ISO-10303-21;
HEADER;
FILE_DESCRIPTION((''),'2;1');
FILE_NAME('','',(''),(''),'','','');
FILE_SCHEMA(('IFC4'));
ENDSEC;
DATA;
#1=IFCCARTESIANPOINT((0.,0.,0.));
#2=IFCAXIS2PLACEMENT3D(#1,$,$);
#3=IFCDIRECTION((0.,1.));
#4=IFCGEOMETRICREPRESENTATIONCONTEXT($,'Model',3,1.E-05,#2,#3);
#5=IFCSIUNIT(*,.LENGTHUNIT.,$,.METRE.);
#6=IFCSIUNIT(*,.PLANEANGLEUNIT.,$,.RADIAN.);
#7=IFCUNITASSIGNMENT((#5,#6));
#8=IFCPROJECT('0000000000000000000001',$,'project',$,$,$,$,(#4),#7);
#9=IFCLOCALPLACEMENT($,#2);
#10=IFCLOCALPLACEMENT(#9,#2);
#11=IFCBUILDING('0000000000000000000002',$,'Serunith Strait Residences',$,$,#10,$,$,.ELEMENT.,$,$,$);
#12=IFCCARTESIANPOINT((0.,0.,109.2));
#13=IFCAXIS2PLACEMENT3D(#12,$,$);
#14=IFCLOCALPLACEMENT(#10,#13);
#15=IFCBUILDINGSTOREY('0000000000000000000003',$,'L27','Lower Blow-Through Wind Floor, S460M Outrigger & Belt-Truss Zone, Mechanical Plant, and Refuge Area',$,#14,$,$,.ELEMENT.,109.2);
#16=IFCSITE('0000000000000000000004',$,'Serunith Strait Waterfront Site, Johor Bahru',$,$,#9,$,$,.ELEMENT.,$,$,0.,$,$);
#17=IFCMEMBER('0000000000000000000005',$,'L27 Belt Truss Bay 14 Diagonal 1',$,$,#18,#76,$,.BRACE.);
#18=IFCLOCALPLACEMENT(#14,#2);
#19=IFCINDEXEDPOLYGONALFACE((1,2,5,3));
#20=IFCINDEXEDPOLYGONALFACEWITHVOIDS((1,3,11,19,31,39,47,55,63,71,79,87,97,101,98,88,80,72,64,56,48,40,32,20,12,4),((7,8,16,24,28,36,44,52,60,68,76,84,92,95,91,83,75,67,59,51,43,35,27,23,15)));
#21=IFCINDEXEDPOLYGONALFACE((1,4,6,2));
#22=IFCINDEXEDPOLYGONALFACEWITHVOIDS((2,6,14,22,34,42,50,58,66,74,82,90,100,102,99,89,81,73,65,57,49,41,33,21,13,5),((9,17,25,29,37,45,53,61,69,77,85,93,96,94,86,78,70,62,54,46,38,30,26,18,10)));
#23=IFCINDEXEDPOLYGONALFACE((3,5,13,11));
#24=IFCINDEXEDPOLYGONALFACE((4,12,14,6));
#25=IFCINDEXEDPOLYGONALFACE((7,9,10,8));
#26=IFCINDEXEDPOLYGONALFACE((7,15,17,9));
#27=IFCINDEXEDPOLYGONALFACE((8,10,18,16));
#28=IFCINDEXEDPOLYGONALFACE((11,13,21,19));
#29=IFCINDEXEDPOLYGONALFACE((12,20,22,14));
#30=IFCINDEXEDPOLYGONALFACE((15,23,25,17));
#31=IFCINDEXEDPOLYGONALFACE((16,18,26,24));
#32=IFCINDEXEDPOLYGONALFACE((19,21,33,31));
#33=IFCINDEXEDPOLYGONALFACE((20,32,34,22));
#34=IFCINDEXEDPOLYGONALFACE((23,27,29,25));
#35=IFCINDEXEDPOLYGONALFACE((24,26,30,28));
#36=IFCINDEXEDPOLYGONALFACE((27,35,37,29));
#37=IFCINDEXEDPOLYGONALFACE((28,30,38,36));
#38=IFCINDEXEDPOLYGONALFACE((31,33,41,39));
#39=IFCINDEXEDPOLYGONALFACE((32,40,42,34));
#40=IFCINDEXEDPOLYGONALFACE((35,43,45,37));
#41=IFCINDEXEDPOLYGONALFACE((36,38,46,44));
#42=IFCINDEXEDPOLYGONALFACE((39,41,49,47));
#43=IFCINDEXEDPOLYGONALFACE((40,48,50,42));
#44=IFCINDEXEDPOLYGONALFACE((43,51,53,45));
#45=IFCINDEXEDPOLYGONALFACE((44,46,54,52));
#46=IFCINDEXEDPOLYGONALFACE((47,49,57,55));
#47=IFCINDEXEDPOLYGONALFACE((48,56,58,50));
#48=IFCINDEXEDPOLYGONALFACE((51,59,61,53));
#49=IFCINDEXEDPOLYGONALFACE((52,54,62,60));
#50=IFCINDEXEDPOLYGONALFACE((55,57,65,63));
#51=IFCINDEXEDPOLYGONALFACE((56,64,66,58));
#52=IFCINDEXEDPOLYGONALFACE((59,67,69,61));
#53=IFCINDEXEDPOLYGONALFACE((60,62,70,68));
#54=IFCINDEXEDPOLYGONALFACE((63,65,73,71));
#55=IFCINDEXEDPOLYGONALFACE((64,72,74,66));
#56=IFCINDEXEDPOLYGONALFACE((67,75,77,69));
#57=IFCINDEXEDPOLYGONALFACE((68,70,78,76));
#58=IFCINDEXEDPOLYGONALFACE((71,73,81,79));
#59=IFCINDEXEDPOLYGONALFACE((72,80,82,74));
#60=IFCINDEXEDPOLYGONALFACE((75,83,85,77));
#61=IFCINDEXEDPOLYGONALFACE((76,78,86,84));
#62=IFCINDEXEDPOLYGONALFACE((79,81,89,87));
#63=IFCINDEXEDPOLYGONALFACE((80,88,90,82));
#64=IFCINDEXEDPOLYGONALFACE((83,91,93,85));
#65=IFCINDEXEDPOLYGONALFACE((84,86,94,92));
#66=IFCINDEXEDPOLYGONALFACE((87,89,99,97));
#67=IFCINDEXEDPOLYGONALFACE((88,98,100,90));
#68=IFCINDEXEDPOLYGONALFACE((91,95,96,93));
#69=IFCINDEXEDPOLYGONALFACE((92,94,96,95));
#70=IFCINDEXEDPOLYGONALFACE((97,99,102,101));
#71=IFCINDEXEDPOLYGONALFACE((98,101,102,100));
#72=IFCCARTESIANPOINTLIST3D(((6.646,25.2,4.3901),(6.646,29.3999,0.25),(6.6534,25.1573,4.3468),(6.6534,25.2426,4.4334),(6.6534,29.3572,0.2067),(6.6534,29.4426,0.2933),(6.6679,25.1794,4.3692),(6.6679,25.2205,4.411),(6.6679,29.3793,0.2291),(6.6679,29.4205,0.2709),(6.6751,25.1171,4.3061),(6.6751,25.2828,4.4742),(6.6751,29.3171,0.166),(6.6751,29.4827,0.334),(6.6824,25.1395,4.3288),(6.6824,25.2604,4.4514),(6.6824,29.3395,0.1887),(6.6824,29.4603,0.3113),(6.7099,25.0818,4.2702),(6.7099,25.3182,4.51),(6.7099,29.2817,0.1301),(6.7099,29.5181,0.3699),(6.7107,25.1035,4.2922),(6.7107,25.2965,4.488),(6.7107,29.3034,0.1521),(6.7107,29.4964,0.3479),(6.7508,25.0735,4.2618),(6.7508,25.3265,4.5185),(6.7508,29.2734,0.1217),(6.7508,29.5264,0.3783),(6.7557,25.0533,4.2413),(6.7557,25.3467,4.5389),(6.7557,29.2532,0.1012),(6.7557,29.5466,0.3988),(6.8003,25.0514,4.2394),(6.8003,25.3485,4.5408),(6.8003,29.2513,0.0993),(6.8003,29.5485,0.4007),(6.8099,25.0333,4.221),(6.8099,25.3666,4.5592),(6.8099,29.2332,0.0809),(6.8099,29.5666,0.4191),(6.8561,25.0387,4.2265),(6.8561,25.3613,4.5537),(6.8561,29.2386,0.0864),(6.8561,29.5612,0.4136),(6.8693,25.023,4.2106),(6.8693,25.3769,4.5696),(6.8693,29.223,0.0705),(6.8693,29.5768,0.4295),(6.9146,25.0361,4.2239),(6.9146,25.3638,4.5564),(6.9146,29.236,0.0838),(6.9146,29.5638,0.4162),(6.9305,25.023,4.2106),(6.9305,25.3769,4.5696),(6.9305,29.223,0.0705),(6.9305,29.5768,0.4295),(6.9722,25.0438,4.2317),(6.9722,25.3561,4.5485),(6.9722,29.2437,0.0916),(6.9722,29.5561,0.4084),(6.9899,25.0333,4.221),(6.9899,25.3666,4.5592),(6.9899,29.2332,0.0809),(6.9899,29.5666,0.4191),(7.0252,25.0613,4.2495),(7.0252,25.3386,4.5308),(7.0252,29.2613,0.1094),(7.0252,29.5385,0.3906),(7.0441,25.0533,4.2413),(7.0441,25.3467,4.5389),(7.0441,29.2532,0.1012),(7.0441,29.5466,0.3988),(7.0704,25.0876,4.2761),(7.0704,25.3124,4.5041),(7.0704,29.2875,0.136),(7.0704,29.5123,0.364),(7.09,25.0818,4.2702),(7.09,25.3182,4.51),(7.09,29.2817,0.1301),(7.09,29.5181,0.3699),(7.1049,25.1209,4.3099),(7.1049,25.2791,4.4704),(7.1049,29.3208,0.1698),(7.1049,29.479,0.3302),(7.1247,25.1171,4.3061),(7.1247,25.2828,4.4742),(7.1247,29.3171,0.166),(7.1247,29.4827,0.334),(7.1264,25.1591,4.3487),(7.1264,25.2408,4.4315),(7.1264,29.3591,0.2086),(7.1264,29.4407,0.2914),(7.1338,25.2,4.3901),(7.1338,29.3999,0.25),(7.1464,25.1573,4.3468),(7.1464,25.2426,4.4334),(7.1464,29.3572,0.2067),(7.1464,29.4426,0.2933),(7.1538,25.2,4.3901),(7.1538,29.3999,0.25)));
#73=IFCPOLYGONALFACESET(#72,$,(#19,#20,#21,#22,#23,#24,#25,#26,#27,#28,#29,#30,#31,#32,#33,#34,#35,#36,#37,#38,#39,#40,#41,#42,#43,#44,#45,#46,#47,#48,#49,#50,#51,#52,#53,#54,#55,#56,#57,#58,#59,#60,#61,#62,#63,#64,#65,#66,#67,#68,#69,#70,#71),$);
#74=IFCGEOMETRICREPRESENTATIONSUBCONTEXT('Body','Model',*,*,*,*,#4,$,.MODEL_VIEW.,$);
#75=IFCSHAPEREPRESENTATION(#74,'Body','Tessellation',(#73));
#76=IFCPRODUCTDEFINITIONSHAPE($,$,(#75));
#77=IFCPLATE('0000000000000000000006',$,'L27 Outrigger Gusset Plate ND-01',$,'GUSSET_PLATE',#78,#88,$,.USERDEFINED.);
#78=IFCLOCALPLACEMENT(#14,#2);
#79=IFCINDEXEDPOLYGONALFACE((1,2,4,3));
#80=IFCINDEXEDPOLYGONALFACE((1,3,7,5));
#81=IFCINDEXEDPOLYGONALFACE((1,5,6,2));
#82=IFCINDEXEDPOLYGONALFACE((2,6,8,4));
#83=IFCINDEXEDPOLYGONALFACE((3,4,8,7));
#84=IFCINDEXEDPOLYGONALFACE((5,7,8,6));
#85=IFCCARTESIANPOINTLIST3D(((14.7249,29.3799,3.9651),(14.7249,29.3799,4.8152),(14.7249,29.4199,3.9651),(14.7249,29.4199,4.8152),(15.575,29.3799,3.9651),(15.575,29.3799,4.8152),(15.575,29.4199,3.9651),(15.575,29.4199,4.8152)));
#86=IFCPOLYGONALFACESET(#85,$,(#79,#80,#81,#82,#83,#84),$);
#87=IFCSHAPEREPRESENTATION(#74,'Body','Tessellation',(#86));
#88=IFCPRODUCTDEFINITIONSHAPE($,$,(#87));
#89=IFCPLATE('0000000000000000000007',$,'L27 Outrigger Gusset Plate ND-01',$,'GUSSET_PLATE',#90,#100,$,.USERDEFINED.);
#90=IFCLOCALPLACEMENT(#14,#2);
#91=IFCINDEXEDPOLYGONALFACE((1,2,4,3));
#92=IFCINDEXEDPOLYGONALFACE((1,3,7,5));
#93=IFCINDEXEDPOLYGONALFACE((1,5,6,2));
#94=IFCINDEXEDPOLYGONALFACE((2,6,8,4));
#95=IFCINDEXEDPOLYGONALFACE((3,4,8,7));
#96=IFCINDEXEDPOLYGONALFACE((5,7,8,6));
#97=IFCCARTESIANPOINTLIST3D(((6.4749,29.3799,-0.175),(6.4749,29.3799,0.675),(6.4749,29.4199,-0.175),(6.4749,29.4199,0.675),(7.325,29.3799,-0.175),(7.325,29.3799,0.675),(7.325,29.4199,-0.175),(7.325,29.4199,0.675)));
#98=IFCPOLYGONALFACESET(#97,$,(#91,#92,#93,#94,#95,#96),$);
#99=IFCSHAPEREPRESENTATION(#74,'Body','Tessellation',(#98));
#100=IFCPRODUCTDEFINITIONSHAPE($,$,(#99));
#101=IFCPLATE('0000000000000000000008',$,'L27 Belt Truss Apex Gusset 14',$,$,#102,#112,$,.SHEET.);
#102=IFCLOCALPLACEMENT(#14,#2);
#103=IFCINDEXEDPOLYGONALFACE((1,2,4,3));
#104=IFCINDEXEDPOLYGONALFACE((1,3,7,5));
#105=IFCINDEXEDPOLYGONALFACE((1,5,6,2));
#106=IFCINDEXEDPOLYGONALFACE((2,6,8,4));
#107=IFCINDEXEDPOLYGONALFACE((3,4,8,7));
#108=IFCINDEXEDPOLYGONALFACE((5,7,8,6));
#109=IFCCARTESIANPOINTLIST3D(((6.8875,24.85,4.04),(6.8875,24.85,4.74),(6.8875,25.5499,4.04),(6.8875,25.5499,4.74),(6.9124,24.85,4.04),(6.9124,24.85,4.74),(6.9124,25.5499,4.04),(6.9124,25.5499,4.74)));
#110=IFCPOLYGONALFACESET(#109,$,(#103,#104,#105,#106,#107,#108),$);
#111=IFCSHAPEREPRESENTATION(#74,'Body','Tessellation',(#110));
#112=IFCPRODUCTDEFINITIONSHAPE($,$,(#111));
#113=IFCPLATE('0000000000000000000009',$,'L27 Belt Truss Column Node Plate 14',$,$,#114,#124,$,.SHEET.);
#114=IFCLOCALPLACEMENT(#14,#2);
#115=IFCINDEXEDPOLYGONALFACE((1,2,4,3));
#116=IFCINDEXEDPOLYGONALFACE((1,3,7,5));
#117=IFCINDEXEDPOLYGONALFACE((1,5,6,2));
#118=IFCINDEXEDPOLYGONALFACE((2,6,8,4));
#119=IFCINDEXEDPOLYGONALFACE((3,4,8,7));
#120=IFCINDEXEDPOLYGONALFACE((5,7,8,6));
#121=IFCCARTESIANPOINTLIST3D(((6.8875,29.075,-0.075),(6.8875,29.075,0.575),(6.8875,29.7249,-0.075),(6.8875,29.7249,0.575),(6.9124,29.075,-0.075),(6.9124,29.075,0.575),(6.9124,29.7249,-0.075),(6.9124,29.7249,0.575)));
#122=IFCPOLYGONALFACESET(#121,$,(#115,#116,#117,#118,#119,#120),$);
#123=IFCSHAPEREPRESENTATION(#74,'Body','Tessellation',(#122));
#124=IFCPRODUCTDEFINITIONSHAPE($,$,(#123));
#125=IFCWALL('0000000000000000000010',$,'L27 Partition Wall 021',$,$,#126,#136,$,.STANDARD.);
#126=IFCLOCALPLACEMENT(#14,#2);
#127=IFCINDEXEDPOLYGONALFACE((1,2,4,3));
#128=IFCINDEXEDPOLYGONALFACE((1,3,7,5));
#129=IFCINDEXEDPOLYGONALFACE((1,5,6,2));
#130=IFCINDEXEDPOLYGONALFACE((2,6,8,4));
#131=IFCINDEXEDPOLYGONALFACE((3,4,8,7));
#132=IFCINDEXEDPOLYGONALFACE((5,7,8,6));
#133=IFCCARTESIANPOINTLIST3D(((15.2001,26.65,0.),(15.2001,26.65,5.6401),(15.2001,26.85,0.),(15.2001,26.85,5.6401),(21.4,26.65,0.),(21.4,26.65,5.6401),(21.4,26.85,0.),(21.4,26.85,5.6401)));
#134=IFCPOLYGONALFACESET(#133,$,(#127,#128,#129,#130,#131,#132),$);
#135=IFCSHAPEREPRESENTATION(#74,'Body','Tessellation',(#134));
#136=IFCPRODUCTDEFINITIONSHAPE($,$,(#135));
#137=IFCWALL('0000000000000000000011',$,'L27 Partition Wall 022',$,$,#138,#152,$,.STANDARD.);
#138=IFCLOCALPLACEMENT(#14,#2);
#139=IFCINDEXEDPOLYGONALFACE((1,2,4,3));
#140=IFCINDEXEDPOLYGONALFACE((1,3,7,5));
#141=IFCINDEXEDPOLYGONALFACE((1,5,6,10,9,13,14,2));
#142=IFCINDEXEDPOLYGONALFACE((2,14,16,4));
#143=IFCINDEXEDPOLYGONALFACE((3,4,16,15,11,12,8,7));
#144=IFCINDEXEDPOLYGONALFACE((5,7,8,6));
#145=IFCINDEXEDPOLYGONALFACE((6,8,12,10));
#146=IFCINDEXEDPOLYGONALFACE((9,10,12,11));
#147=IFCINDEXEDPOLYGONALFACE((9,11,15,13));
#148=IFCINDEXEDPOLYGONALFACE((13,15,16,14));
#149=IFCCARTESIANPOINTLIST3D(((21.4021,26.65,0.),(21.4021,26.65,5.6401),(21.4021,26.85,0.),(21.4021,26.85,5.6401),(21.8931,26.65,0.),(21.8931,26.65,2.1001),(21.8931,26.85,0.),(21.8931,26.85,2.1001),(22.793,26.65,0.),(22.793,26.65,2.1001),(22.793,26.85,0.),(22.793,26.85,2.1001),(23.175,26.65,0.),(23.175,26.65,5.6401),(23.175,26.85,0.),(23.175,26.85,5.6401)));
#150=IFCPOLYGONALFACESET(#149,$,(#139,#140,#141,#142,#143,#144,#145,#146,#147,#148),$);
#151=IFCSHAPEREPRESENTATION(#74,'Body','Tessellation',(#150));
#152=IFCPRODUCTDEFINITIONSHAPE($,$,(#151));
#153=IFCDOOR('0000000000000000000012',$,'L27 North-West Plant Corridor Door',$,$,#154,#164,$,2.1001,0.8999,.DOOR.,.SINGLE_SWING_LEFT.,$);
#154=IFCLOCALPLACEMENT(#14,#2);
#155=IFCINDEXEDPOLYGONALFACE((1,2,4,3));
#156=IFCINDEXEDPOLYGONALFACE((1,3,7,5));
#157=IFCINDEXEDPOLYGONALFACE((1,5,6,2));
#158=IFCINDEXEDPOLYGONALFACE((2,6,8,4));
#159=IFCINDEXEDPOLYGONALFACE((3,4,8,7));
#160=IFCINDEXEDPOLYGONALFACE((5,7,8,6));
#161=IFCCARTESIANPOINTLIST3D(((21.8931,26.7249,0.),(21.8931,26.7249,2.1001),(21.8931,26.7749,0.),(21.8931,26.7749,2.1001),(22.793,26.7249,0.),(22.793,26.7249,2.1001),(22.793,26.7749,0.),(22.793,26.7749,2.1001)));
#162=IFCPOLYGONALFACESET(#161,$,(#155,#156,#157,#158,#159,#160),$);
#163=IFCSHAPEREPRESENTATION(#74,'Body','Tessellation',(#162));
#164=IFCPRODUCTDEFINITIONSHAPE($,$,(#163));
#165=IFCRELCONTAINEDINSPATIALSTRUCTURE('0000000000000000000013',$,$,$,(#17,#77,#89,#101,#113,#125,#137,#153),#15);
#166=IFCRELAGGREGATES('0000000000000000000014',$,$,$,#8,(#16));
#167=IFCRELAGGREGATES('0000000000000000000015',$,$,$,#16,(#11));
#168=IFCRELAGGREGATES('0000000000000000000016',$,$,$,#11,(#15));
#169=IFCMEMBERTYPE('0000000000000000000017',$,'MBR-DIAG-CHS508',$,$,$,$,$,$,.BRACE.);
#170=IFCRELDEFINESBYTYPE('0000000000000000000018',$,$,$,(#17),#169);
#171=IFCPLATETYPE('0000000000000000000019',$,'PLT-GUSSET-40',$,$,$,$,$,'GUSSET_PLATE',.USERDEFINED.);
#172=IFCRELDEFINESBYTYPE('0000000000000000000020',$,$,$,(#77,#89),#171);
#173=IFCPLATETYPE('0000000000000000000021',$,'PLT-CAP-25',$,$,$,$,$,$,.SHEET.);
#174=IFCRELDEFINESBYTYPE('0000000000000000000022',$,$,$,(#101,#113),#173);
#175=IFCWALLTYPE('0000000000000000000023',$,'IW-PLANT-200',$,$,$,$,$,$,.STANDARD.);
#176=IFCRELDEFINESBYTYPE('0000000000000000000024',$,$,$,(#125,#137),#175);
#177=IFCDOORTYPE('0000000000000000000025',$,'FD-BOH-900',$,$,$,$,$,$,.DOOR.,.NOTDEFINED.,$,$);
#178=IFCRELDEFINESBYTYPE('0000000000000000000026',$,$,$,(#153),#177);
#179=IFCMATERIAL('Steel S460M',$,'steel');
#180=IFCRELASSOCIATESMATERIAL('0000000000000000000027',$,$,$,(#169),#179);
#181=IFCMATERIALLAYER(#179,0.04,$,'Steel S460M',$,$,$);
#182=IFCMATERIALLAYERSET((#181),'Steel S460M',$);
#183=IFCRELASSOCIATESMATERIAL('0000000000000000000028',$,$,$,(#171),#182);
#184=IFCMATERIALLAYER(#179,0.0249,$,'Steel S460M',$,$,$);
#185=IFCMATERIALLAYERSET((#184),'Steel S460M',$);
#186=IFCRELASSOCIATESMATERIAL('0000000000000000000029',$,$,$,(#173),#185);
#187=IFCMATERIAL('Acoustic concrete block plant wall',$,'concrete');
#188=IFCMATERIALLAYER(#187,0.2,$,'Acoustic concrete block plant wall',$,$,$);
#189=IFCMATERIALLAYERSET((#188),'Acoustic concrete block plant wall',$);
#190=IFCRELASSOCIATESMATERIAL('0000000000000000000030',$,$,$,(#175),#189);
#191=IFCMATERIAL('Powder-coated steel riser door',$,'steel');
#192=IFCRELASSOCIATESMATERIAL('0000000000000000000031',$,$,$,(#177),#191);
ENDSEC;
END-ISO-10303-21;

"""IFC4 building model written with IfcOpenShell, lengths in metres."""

from ifc_helpers import new_model, si_unit, direction, frame, frame_2d, origin, origin_2d, place, context, subcontext, project, spatial, rectangle, hollow_circle, extrude, source, transform, mapped, material, layer, layer_set, material_profile, profile_set, type_object, element, fill, save


model = new_model("IFC4")

# Units and contexts
model_context = context("Model", 3, precision=1e-05, world=origin(), true_north=direction((0.0, 1.0)))
body_context = subcontext(model_context, "Body", "Model", "MODEL_VIEW")
ifc_project = project(units=[si_unit("LENGTHUNIT", "METRE"), si_unit("PLANEANGLEUNIT", "RADIAN")], contexts=[model_context])

# Site, building, storey
site_placement = place(None, origin())
site = spatial("IfcSite", under=ifc_project, at=site_placement, Name="Serunith Strait Waterfront Site, Johor Bahru", CompositionType="ELEMENT", RefElevation=0.0)
building_placement = place(site_placement, origin())
building = spatial("IfcBuilding", under=site, at=building_placement, Name="Serunith Strait Residences", CompositionType="ELEMENT")
storey_placement = place(building_placement, frame((0.0, 0.0, 109.2)))
storey = spatial("IfcBuildingStorey", under=building, at=storey_placement, Name="L27", Description="Lower Blow-Through Wind Floor, S460M Outrigger & Belt-Truss Zone, Mechanical Plant, and Refuge Area", CompositionType="ELEMENT", Elevation=109.2)

# Member
ifc_material_1 = material(Name="Steel S460M", Category="steel")
ifc_material_profile_1 = material_profile(ifc_material_1, hollow_circle(Radius=0.2539, WallThickness=0.02, at=origin_2d()), Name="CHS 508x20")
ifc_profile_set_1 = profile_set([ifc_material_profile_1], Name="Steel S460M")
member_type_1 = type_object("IfcMemberType", Name="MBR-DIAG-CHS508", PredefinedType="BRACE", material=ifc_profile_set_1)
shared_shape_1 = source(origin(), body_context, "Body", "SweptSolid", [
    extrude(hollow_circle(Radius=0.2539, WallThickness=0.02, at=origin_2d()), origin(), (0.0, 0.0, 1.0), 5.8975),
])
member_1_placement = place(storey_placement, frame((6.8999, 29.3999, 0.25), z_axis=(0.0, -0.71216, 0.702017), x_axis=(1.0, 0.0, 0.0)))
element("IfcMember", 1, at=member_1_placement, inside=storey, type_object=member_type_1, Name="L27 Belt Truss Bay 14 Diagonal 1", PredefinedType="BRACE", context=body_context, shape_type="MappedRepresentation", body=[
    mapped(shared_shape_1, transform((0.0, 0.0, 0.0), scale=1.0)),
])

# Plates
ifc_layer_1 = layer(ifc_material_1, 0.04, Name="Steel S460M")
ifc_layer_set_1 = layer_set([ifc_layer_1], Name="Steel S460M")
plate_type_1 = type_object("IfcPlateType", Name="PLT-GUSSET-40", ElementType="GUSSET_PLATE", PredefinedType="USERDEFINED", material=ifc_layer_set_1)
shared_shape_2 = source(origin(), body_context, "Body", "SweptSolid", [
    extrude(rectangle(XDim=0.8501, YDim=0.04, at=origin_2d()), origin(), (0.0, 0.0, 1.0), 0.8501),
])
for number, where, z_axis, x_axis, name in (
    (2, (15.1499, 29.3999, 3.9651), (0.0, 0.0, 1.0), (-1.0, 0.0, 0.0), "L27 Outrigger Gusset Plate ND-01"),
    (3, (6.8999, 29.3999, -0.175), (0.0, 0.0, 1.0), (-1.0, 0.0, 0.0), "L27 Outrigger Gusset Plate ND-01"),
):
    element("IfcPlate", number, at=place(storey_placement, frame(where, z_axis=z_axis, x_axis=x_axis)), inside=storey, type_object=plate_type_1, Name=name, ObjectType="GUSSET_PLATE", PredefinedType="USERDEFINED", context=body_context, shape_type="MappedRepresentation", body=[
        mapped(shared_shape_2, transform((0.0, 0.0, 0.0), scale=1.0)),
    ])
ifc_layer_2 = layer(ifc_material_1, 0.0249, Name="Steel S460M")
ifc_layer_set_2 = layer_set([ifc_layer_2], Name="Steel S460M")
plate_type_2 = type_object("IfcPlateType", Name="PLT-CAP-25", PredefinedType="SHEET", material=ifc_layer_set_2)
shared_shape_3 = source(origin(), body_context, "Body", "SweptSolid", [
    extrude(rectangle(XDim=0.7, YDim=0.0249, at=origin_2d()), origin(), (0.0, 0.0, 1.0), 0.7),
])
plate_1_placement = place(storey_placement, frame((6.8999, 25.2, 4.04), z_axis=(0.0, 0.0, 1.0), x_axis=(0.0, -1.0, 0.0)))
element("IfcPlate", 4, at=plate_1_placement, inside=storey, type_object=plate_type_2, Name="L27 Belt Truss Apex Gusset 14", PredefinedType="SHEET", context=body_context, shape_type="MappedRepresentation", body=[
    mapped(shared_shape_3, transform((0.0, 0.0, 0.0), scale=1.0)),
])
shared_shape_4 = source(origin(), body_context, "Body", "SweptSolid", [
    extrude(rectangle(XDim=0.6499, YDim=0.0249, at=origin_2d()), origin(), (0.0, 0.0, 1.0), 0.6499),
])
plate_2_placement = place(storey_placement, frame((6.8999, 29.3999, -0.075), z_axis=(0.0, 0.0, 1.0), x_axis=(0.0, -1.0, 0.0)))
element("IfcPlate", 5, at=plate_2_placement, inside=storey, type_object=plate_type_2, Name="L27 Belt Truss Column Node Plate 14", PredefinedType="SHEET", context=body_context, shape_type="MappedRepresentation", body=[
    mapped(shared_shape_4, transform((0.0, 0.0, 0.0), scale=1.0)),
])

# Wall
ifc_material_2 = material(Name="Acoustic concrete block plant wall", Category="concrete")
ifc_layer_3 = layer(ifc_material_2, 0.2, Name="Acoustic concrete block plant wall")
ifc_layer_set_3 = layer_set([ifc_layer_3], Name="Acoustic concrete block plant wall")
wall_type_1 = type_object("IfcWallType", Name="IW-PLANT-200", PredefinedType="STANDARD", material=ifc_layer_set_3)
wall_1_placement = place(storey_placement, frame((15.2, 26.75, 0.0), z_axis=(0.0, 0.0, 1.0), x_axis=(1.0, 0.0, 0.0)))
element("IfcWall", 6, at=wall_1_placement, inside=storey, type_object=wall_type_1, Name="L27 Partition Wall 021", PredefinedType="STANDARD", context=body_context, shape_type="SweptSolid", body=[
    extrude(rectangle(XDim=6.2, YDim=0.2, at=frame_2d((3.1001, 0.0))), origin(), (0.0, 0.0, 1.0), 5.6401),
])

# Wall, opening, door
wall_2_placement = place(storey_placement, frame((21.4021, 26.75, 0.0), z_axis=(0.0, 0.0, 1.0), x_axis=(1.0, 0.0, 0.0)))
wall_2 = element("IfcWall", 7, at=wall_2_placement, inside=storey, type_object=wall_type_1, Name="L27 Partition Wall 022", PredefinedType="STANDARD", context=body_context, shape_type="SweptSolid", body=[
    extrude(rectangle(XDim=1.7729, YDim=0.2, at=frame_2d((0.8865, 0.0))), origin(), (0.0, 0.0, 1.0), 5.6401),
])
opening_1_placement = place(wall_2_placement, frame((0.491, 0.0, 0.0)))
opening_1 = element("IfcOpeningElement", 8, at=opening_1_placement, cuts=wall_2, PredefinedType="OPENING", context=body_context, shape_type="SweptSolid", body=[
    extrude(rectangle(XDim=0.8999, YDim=2.1001, at=frame_2d((0.45, 1.05))), frame((0.0, 0.1099, 0.0), z_axis=(0.0, -1.0, 0.0), x_axis=(1.0, 0.0, 0.0)), (0.0, 0.0, 1.0), 0.22),
])
ifc_material_3 = material(Name="Powder-coated steel riser door", Category="steel")
door_type_1 = type_object("IfcDoorType", Name="FD-BOH-900", OperationType="NOTDEFINED", PredefinedType="DOOR", material=ifc_material_3)
shared_shape_5 = source(origin(), body_context, "Body", "SweptSolid", [
    extrude(rectangle(XDim=0.8999, YDim=2.1001, at=frame_2d((0.45, 1.05))), frame((0.0, 0.0249, 0.0), z_axis=(0.0, -1.0, 0.0), x_axis=(1.0, 0.0, 0.0)), (0.0, 0.0, 1.0), 0.05),
])
door_1_placement = place(opening_1_placement, origin())
door_1 = element("IfcDoor", 9, at=door_1_placement, inside=storey, type_object=door_type_1, Name="L27 North-West Plant Corridor Door", OperationType="SINGLE_SWING_LEFT", OverallHeight=2.1001, OverallWidth=0.8999, PredefinedType="DOOR", context=body_context, shape_type="MappedRepresentation", body=[
    mapped(shared_shape_5, transform((0.0, 0.0, 0.0), scale=1.0)),
])
fill(opening_1, door_1)

save(model, "model.ifc")
